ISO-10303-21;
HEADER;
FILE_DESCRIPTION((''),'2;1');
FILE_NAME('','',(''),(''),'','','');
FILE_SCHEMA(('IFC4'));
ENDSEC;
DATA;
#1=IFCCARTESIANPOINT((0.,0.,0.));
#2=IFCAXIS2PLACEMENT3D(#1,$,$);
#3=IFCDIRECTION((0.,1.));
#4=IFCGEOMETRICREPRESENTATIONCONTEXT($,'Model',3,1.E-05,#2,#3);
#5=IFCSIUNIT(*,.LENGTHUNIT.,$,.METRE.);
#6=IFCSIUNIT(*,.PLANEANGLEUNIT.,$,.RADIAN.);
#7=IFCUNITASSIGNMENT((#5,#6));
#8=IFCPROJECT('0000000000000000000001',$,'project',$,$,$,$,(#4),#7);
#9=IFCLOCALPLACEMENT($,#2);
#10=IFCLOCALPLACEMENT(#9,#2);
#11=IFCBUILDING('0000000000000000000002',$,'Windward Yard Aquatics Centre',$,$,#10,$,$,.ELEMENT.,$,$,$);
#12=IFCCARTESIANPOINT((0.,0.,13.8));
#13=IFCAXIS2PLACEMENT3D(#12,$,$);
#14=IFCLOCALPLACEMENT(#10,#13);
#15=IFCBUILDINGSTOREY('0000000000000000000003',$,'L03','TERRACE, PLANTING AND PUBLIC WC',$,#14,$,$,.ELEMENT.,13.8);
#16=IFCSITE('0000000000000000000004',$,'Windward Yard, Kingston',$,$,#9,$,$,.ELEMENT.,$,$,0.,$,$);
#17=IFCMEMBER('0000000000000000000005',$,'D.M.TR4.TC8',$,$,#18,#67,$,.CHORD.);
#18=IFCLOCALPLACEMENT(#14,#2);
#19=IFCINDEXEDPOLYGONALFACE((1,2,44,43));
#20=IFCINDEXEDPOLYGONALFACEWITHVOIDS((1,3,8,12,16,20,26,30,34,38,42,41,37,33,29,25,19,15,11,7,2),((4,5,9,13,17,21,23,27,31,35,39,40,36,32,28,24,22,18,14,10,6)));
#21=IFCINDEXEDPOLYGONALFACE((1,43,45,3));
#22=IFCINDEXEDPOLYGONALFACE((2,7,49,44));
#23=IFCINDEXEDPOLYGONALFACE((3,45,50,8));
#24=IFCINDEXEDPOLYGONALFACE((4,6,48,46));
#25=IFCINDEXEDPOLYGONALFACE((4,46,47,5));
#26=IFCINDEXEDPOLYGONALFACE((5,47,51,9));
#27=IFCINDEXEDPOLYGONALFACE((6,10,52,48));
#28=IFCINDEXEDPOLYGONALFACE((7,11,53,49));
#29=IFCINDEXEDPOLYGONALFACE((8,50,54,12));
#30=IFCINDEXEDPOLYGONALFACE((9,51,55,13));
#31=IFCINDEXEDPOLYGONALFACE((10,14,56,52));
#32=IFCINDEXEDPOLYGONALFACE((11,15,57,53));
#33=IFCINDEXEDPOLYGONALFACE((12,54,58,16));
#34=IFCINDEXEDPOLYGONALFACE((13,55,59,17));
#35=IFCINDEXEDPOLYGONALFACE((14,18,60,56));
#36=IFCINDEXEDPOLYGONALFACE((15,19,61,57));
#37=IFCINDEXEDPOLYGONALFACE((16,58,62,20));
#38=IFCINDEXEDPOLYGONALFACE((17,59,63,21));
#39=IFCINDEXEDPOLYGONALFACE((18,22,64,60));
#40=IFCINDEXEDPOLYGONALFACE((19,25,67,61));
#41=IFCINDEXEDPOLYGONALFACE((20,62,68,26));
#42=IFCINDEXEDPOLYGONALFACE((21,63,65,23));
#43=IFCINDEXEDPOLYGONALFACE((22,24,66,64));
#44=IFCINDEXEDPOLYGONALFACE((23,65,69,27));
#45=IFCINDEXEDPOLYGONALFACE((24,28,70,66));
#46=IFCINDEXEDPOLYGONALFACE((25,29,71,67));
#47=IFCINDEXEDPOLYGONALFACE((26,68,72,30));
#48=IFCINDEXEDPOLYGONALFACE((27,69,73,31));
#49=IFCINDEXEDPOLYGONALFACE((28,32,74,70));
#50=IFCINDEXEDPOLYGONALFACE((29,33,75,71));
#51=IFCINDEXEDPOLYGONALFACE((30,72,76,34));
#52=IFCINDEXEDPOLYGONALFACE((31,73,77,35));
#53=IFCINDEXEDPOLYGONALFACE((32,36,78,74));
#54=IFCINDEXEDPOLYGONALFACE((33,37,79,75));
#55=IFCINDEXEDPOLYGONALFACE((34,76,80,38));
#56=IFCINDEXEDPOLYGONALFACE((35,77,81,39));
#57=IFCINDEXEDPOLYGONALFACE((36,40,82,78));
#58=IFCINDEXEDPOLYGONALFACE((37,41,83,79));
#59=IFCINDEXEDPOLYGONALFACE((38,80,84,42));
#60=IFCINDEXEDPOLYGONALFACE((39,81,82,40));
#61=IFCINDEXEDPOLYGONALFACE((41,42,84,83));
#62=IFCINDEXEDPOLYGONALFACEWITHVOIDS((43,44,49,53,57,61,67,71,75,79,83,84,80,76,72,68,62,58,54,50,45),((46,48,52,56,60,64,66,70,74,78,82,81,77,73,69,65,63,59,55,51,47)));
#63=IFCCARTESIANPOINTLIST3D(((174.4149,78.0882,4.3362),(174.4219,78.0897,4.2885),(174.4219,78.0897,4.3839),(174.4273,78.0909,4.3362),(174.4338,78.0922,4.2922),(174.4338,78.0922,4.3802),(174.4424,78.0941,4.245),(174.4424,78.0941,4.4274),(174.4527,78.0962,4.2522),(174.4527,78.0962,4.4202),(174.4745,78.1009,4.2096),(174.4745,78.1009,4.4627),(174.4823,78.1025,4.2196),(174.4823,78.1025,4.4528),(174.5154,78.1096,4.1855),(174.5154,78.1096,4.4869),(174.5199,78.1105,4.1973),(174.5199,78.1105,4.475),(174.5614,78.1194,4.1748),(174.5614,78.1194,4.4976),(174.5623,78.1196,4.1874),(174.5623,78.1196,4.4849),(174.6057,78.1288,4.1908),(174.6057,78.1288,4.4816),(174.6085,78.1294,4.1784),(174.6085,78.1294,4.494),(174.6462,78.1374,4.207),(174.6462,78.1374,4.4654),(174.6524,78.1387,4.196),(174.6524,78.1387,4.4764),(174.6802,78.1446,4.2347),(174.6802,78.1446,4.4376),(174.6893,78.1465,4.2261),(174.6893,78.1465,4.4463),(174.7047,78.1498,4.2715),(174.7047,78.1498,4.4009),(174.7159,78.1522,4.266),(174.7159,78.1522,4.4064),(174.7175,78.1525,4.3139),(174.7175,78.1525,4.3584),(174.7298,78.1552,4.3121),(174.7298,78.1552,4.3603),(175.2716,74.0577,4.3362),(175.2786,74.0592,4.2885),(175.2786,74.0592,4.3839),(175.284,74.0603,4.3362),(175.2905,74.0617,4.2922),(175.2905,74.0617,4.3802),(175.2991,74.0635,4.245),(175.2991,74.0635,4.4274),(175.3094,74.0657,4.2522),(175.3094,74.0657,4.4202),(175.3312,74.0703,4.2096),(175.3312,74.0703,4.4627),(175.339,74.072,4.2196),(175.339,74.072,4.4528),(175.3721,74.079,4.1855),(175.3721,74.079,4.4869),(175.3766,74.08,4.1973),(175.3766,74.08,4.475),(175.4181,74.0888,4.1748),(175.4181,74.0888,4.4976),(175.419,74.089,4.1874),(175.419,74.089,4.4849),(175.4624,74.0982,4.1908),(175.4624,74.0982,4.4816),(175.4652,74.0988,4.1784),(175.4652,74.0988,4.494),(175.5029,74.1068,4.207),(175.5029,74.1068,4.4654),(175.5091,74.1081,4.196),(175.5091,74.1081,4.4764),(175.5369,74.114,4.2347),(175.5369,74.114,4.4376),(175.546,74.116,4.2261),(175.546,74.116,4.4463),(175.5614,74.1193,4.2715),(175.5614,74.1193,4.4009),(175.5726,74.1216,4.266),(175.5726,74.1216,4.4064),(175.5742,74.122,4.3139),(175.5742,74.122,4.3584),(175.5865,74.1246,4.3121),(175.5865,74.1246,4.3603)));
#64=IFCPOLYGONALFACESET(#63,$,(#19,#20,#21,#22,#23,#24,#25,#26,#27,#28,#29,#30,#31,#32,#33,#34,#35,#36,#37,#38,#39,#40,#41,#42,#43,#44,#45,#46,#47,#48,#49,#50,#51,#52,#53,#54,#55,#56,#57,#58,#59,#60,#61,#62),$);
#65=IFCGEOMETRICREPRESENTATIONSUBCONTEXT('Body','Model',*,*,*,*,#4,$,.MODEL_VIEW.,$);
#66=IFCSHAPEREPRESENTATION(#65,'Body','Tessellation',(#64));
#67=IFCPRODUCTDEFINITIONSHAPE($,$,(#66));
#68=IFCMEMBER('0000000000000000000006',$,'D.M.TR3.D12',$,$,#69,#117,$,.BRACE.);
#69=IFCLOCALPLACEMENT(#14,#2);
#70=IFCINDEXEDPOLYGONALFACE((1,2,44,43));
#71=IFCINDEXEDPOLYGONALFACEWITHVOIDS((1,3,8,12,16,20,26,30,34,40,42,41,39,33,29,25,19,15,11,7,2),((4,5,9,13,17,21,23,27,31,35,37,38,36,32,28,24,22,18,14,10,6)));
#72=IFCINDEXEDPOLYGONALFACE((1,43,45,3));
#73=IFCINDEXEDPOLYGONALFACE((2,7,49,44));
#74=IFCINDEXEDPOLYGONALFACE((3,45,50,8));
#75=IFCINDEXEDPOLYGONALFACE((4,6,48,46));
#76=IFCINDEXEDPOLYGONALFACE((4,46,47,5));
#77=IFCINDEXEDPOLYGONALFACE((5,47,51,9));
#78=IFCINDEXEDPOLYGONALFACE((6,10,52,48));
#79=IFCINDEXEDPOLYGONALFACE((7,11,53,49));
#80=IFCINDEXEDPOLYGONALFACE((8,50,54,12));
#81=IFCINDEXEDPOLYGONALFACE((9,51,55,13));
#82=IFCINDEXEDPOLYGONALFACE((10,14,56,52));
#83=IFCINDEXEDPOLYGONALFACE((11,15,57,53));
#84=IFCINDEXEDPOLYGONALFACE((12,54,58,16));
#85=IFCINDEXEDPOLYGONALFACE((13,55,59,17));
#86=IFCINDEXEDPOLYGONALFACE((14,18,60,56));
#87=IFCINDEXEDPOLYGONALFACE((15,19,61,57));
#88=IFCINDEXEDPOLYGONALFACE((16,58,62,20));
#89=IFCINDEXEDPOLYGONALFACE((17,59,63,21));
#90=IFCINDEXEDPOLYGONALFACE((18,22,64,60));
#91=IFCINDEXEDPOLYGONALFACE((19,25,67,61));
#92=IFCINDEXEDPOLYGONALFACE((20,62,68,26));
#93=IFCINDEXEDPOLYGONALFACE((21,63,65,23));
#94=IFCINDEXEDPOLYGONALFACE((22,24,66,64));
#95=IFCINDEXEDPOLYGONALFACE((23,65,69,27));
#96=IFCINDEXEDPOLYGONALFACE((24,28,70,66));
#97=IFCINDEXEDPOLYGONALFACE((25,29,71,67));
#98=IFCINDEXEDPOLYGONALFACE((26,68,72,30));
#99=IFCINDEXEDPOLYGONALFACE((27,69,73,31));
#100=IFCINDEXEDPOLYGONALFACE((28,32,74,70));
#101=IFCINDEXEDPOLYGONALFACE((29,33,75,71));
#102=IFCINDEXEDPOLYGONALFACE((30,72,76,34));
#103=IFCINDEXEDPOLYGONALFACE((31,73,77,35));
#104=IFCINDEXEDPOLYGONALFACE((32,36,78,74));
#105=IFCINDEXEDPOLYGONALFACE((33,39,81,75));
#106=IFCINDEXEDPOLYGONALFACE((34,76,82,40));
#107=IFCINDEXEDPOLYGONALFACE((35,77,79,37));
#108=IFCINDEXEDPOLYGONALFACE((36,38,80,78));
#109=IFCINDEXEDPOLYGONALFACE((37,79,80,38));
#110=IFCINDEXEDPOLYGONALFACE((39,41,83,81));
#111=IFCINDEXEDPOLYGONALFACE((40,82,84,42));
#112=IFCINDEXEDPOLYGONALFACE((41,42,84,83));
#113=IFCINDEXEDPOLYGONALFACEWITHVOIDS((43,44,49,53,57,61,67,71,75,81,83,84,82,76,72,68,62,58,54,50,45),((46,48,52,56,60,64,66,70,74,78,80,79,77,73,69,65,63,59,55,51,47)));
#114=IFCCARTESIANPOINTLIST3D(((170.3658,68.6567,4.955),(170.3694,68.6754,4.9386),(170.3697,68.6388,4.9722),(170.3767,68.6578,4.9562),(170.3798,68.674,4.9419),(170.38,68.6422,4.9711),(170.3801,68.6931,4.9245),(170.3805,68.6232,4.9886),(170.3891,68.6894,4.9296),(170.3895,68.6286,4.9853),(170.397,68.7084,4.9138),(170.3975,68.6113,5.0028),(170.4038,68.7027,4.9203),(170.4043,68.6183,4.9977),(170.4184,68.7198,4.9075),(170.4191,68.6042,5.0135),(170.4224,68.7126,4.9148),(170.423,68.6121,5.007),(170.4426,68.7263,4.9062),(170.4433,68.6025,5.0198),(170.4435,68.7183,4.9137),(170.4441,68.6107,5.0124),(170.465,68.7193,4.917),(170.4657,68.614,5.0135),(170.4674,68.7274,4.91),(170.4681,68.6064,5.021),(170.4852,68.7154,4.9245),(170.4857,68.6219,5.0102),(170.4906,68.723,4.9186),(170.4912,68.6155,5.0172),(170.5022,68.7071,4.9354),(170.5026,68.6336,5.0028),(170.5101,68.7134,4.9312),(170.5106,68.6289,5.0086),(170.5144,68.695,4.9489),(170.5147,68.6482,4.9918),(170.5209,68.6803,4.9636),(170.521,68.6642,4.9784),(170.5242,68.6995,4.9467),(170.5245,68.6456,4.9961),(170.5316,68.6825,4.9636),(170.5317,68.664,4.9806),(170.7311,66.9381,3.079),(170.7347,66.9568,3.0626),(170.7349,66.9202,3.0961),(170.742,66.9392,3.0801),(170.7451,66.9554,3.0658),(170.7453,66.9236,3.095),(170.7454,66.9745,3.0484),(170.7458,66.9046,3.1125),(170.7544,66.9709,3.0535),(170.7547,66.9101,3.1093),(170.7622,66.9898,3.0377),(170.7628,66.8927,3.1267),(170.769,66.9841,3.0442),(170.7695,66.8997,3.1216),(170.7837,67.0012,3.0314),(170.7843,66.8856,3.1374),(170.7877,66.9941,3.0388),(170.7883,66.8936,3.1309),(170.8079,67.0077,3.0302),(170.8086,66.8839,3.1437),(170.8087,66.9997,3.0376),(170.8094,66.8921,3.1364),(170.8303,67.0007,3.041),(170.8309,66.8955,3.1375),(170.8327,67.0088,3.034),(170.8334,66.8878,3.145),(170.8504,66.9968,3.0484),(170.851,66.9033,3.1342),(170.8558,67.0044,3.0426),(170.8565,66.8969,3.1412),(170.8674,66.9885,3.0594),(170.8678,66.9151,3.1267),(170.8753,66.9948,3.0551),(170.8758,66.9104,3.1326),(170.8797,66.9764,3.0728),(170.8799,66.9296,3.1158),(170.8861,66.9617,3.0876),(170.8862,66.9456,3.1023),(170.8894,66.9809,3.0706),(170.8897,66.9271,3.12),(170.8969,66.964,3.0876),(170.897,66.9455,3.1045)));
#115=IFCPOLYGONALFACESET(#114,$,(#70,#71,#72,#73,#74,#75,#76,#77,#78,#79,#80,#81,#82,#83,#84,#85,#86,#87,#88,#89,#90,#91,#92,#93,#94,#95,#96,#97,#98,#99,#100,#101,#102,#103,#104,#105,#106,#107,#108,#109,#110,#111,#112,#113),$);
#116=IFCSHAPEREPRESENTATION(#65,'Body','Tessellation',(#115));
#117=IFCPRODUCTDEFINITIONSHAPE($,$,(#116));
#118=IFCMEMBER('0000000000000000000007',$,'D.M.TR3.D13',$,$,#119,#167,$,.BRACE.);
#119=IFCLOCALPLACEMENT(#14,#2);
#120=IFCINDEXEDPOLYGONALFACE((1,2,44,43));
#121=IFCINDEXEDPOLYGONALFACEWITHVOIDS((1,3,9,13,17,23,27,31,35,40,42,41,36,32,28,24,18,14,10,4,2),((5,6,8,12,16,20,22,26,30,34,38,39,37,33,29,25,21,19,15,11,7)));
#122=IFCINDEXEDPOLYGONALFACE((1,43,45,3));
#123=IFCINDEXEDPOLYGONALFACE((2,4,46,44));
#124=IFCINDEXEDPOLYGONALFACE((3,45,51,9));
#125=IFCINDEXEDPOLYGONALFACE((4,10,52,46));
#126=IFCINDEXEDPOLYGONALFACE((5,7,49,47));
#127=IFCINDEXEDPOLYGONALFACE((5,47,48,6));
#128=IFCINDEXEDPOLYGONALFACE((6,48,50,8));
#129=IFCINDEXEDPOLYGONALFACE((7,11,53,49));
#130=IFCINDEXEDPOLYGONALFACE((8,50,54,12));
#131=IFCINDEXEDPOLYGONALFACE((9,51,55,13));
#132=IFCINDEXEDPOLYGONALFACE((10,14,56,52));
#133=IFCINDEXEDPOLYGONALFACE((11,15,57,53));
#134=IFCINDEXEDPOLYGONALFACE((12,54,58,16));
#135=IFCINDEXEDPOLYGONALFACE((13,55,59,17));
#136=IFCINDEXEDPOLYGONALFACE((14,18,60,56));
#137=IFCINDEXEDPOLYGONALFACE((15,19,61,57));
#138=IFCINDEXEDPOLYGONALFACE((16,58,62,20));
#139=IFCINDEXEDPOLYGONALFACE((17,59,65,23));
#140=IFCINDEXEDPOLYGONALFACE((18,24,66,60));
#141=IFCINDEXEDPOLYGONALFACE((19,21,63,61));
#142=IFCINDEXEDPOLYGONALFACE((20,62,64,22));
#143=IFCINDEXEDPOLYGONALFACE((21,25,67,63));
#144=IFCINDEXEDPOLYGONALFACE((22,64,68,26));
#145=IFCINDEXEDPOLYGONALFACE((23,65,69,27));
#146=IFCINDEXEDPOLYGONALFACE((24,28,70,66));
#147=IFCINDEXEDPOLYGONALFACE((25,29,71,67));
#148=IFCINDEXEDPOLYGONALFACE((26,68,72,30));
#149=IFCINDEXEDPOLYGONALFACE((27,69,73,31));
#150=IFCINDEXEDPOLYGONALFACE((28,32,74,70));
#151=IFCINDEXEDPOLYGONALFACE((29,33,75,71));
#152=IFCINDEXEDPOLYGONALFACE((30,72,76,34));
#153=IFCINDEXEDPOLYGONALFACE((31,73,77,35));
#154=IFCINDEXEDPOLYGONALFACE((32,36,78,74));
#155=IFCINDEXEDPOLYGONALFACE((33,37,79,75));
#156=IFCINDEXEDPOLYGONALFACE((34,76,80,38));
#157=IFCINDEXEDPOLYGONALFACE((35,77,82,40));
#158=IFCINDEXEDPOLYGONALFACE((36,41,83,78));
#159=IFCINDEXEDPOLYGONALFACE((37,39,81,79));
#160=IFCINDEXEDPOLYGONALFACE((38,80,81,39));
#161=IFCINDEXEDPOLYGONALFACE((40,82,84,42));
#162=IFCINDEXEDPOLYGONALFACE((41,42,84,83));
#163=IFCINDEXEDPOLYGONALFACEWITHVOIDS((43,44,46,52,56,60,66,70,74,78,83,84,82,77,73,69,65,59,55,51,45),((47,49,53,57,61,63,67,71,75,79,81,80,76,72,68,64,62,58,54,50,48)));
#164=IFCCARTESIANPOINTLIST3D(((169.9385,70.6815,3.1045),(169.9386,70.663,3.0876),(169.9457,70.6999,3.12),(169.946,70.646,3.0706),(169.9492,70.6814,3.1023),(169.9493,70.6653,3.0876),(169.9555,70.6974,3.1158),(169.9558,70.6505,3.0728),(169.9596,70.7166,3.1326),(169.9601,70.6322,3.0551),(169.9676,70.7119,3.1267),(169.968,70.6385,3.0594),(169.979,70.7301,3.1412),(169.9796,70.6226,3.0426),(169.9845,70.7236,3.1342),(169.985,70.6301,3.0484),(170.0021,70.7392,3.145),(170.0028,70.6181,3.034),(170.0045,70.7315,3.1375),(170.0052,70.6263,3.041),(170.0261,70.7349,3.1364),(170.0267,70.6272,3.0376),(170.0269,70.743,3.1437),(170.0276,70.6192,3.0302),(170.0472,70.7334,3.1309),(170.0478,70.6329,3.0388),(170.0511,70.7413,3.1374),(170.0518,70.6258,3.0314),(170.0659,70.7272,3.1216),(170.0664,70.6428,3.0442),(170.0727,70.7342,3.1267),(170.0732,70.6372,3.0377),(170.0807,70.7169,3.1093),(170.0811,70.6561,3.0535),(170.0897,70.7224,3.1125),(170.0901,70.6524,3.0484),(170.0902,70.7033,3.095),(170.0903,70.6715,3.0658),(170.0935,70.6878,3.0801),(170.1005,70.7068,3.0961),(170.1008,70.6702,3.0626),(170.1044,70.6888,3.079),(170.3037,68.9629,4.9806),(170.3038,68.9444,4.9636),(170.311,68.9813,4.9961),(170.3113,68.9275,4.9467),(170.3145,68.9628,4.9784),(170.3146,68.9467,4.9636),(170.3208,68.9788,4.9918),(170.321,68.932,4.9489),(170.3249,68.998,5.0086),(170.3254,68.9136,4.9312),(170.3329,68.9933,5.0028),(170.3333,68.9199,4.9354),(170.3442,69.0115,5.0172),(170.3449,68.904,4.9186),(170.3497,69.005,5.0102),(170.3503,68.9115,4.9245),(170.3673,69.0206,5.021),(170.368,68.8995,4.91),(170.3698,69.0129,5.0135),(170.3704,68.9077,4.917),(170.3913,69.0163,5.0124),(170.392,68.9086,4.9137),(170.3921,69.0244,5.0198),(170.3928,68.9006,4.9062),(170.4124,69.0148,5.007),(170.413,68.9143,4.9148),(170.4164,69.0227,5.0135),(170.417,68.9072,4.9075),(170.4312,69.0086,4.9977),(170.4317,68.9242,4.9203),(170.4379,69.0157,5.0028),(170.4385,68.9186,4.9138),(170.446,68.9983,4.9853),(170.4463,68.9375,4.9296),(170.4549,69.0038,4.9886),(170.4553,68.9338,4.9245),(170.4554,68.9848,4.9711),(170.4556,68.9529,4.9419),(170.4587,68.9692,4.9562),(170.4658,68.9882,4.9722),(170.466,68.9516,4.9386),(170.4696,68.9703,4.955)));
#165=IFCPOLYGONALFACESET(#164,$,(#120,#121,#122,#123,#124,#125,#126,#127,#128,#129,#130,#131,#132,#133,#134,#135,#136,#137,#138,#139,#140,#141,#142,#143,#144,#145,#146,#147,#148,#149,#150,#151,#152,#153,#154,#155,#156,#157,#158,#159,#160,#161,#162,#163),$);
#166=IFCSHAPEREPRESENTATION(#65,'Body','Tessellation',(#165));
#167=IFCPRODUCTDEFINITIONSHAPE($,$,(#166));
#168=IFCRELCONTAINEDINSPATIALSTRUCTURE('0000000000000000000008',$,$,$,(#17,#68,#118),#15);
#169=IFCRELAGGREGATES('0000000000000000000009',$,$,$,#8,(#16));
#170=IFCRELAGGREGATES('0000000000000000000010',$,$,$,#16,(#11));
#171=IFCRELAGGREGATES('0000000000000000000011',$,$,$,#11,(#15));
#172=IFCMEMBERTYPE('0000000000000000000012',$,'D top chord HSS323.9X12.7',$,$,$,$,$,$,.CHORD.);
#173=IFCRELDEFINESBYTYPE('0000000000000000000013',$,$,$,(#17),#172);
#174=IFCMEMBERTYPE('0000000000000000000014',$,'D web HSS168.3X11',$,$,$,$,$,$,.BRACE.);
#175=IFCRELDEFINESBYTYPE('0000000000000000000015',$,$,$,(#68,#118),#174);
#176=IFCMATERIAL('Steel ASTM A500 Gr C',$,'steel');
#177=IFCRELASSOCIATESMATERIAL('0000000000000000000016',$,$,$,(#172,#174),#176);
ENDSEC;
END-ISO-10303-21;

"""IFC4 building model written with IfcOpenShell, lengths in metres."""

from ifc_helpers import new_model, si_unit, direction, frame, origin, origin_2d, place, context, subcontext, project, spatial, hollow_circle, extrude, material, material_profile, profile_set, type_object, element, save


model = new_model("IFC4")

# Units and contexts
model_context = context("Model", 3, precision=1e-05, world=origin(), true_north=direction((0.0, 1.0)))
body_context = subcontext(model_context, "Body", "Model", "MODEL_VIEW")
ifc_project = project(units=[si_unit("LENGTHUNIT", "METRE"), si_unit("PLANEANGLEUNIT", "RADIAN")], contexts=[model_context])

# Site, building, storey
site_placement = place(None, origin())
site = spatial("IfcSite", under=ifc_project, at=site_placement, Name="Windward Yard, Kingston", CompositionType="ELEMENT", RefElevation=0.0)
building_placement = place(site_placement, origin())
building = spatial("IfcBuilding", under=site, at=building_placement, Name="Windward Yard Aquatics Centre", CompositionType="ELEMENT")
storey_placement = place(building_placement, frame((0.0, 0.0, 13.8)))
storey = spatial("IfcBuildingStorey", under=building, at=storey_placement, Name="L03", Description="TERRACE, PLANTING AND PUBLIC WC", CompositionType="ELEMENT", Elevation=13.8)

# Shared definitions
ifc_material_1 = material(Name="Steel ASTM A500 Gr C", Category="steel")

# Members
ifc_material_profile_1 = material_profile(ifc_material_1, hollow_circle(Radius=0.1619, WallThickness=0.0127, at=origin_2d()), Name="HSS323.9X12.7")
ifc_profile_set_1 = profile_set([ifc_material_profile_1], Name="Steel ASTM A500 Gr C")
member_type_1 = type_object("IfcMemberType", Name="D top chord HSS323.9X12.7", PredefinedType="CHORD", material=ifc_profile_set_1)
member_1_placement = place(storey_placement, frame((175.4299, 74.0913, 4.3362), z_axis=(-0.207906, 0.978149, 0.0), x_axis=(-0.978149, -0.207906, 0.0)))
element("IfcMember", 1, at=member_1_placement, inside=storey, type_object=member_type_1, Name="D.M.TR4.TC8", PredefinedType="CHORD", context=body_context, shape_type="SweptSolid", body=[
    extrude(hollow_circle(Radius=0.1619, WallThickness=0.0127, at=origin_2d()), origin(), (0.0, 0.0, 1.0), 4.1206),
])
ifc_material_profile_2 = material_profile(ifc_material_1, hollow_circle(Radius=0.0842, WallThickness=0.011, at=origin_2d()), Name="HSS168.3X11")
ifc_profile_set_2 = profile_set([ifc_material_profile_2], Name="Steel ASTM A500 Gr C")
member_type_2 = type_object("IfcMemberType", Name="D web HSS168.3X11", PredefinedType="BRACE", material=ifc_profile_set_2)
for number, where, z_axis, x_axis, name in (
    (2, (170.4492, 68.665, 4.9636), (0.142103, -0.668626, -0.729894), (0.978153, 0.207887, 0.0), "D.M.TR3.D12"),
    (3, (170.3862, 68.9619, 4.9636), (-0.142103, 0.668626, -0.729894), (-0.978153, -0.207887, 0.0), "D.M.TR3.D13"),
):
    element("IfcMember", number, at=place(storey_placement, frame(where, z_axis=z_axis, x_axis=x_axis)), inside=storey, type_object=member_type_2, Name=name, PredefinedType="BRACE", context=body_context, shape_type="SweptSolid", body=[
        extrude(hollow_circle(Radius=0.0842, WallThickness=0.011, at=origin_2d()), origin(), (0.0, 0.0, 1.0), 2.5703),
    ])

save(model, "model.ifc")
